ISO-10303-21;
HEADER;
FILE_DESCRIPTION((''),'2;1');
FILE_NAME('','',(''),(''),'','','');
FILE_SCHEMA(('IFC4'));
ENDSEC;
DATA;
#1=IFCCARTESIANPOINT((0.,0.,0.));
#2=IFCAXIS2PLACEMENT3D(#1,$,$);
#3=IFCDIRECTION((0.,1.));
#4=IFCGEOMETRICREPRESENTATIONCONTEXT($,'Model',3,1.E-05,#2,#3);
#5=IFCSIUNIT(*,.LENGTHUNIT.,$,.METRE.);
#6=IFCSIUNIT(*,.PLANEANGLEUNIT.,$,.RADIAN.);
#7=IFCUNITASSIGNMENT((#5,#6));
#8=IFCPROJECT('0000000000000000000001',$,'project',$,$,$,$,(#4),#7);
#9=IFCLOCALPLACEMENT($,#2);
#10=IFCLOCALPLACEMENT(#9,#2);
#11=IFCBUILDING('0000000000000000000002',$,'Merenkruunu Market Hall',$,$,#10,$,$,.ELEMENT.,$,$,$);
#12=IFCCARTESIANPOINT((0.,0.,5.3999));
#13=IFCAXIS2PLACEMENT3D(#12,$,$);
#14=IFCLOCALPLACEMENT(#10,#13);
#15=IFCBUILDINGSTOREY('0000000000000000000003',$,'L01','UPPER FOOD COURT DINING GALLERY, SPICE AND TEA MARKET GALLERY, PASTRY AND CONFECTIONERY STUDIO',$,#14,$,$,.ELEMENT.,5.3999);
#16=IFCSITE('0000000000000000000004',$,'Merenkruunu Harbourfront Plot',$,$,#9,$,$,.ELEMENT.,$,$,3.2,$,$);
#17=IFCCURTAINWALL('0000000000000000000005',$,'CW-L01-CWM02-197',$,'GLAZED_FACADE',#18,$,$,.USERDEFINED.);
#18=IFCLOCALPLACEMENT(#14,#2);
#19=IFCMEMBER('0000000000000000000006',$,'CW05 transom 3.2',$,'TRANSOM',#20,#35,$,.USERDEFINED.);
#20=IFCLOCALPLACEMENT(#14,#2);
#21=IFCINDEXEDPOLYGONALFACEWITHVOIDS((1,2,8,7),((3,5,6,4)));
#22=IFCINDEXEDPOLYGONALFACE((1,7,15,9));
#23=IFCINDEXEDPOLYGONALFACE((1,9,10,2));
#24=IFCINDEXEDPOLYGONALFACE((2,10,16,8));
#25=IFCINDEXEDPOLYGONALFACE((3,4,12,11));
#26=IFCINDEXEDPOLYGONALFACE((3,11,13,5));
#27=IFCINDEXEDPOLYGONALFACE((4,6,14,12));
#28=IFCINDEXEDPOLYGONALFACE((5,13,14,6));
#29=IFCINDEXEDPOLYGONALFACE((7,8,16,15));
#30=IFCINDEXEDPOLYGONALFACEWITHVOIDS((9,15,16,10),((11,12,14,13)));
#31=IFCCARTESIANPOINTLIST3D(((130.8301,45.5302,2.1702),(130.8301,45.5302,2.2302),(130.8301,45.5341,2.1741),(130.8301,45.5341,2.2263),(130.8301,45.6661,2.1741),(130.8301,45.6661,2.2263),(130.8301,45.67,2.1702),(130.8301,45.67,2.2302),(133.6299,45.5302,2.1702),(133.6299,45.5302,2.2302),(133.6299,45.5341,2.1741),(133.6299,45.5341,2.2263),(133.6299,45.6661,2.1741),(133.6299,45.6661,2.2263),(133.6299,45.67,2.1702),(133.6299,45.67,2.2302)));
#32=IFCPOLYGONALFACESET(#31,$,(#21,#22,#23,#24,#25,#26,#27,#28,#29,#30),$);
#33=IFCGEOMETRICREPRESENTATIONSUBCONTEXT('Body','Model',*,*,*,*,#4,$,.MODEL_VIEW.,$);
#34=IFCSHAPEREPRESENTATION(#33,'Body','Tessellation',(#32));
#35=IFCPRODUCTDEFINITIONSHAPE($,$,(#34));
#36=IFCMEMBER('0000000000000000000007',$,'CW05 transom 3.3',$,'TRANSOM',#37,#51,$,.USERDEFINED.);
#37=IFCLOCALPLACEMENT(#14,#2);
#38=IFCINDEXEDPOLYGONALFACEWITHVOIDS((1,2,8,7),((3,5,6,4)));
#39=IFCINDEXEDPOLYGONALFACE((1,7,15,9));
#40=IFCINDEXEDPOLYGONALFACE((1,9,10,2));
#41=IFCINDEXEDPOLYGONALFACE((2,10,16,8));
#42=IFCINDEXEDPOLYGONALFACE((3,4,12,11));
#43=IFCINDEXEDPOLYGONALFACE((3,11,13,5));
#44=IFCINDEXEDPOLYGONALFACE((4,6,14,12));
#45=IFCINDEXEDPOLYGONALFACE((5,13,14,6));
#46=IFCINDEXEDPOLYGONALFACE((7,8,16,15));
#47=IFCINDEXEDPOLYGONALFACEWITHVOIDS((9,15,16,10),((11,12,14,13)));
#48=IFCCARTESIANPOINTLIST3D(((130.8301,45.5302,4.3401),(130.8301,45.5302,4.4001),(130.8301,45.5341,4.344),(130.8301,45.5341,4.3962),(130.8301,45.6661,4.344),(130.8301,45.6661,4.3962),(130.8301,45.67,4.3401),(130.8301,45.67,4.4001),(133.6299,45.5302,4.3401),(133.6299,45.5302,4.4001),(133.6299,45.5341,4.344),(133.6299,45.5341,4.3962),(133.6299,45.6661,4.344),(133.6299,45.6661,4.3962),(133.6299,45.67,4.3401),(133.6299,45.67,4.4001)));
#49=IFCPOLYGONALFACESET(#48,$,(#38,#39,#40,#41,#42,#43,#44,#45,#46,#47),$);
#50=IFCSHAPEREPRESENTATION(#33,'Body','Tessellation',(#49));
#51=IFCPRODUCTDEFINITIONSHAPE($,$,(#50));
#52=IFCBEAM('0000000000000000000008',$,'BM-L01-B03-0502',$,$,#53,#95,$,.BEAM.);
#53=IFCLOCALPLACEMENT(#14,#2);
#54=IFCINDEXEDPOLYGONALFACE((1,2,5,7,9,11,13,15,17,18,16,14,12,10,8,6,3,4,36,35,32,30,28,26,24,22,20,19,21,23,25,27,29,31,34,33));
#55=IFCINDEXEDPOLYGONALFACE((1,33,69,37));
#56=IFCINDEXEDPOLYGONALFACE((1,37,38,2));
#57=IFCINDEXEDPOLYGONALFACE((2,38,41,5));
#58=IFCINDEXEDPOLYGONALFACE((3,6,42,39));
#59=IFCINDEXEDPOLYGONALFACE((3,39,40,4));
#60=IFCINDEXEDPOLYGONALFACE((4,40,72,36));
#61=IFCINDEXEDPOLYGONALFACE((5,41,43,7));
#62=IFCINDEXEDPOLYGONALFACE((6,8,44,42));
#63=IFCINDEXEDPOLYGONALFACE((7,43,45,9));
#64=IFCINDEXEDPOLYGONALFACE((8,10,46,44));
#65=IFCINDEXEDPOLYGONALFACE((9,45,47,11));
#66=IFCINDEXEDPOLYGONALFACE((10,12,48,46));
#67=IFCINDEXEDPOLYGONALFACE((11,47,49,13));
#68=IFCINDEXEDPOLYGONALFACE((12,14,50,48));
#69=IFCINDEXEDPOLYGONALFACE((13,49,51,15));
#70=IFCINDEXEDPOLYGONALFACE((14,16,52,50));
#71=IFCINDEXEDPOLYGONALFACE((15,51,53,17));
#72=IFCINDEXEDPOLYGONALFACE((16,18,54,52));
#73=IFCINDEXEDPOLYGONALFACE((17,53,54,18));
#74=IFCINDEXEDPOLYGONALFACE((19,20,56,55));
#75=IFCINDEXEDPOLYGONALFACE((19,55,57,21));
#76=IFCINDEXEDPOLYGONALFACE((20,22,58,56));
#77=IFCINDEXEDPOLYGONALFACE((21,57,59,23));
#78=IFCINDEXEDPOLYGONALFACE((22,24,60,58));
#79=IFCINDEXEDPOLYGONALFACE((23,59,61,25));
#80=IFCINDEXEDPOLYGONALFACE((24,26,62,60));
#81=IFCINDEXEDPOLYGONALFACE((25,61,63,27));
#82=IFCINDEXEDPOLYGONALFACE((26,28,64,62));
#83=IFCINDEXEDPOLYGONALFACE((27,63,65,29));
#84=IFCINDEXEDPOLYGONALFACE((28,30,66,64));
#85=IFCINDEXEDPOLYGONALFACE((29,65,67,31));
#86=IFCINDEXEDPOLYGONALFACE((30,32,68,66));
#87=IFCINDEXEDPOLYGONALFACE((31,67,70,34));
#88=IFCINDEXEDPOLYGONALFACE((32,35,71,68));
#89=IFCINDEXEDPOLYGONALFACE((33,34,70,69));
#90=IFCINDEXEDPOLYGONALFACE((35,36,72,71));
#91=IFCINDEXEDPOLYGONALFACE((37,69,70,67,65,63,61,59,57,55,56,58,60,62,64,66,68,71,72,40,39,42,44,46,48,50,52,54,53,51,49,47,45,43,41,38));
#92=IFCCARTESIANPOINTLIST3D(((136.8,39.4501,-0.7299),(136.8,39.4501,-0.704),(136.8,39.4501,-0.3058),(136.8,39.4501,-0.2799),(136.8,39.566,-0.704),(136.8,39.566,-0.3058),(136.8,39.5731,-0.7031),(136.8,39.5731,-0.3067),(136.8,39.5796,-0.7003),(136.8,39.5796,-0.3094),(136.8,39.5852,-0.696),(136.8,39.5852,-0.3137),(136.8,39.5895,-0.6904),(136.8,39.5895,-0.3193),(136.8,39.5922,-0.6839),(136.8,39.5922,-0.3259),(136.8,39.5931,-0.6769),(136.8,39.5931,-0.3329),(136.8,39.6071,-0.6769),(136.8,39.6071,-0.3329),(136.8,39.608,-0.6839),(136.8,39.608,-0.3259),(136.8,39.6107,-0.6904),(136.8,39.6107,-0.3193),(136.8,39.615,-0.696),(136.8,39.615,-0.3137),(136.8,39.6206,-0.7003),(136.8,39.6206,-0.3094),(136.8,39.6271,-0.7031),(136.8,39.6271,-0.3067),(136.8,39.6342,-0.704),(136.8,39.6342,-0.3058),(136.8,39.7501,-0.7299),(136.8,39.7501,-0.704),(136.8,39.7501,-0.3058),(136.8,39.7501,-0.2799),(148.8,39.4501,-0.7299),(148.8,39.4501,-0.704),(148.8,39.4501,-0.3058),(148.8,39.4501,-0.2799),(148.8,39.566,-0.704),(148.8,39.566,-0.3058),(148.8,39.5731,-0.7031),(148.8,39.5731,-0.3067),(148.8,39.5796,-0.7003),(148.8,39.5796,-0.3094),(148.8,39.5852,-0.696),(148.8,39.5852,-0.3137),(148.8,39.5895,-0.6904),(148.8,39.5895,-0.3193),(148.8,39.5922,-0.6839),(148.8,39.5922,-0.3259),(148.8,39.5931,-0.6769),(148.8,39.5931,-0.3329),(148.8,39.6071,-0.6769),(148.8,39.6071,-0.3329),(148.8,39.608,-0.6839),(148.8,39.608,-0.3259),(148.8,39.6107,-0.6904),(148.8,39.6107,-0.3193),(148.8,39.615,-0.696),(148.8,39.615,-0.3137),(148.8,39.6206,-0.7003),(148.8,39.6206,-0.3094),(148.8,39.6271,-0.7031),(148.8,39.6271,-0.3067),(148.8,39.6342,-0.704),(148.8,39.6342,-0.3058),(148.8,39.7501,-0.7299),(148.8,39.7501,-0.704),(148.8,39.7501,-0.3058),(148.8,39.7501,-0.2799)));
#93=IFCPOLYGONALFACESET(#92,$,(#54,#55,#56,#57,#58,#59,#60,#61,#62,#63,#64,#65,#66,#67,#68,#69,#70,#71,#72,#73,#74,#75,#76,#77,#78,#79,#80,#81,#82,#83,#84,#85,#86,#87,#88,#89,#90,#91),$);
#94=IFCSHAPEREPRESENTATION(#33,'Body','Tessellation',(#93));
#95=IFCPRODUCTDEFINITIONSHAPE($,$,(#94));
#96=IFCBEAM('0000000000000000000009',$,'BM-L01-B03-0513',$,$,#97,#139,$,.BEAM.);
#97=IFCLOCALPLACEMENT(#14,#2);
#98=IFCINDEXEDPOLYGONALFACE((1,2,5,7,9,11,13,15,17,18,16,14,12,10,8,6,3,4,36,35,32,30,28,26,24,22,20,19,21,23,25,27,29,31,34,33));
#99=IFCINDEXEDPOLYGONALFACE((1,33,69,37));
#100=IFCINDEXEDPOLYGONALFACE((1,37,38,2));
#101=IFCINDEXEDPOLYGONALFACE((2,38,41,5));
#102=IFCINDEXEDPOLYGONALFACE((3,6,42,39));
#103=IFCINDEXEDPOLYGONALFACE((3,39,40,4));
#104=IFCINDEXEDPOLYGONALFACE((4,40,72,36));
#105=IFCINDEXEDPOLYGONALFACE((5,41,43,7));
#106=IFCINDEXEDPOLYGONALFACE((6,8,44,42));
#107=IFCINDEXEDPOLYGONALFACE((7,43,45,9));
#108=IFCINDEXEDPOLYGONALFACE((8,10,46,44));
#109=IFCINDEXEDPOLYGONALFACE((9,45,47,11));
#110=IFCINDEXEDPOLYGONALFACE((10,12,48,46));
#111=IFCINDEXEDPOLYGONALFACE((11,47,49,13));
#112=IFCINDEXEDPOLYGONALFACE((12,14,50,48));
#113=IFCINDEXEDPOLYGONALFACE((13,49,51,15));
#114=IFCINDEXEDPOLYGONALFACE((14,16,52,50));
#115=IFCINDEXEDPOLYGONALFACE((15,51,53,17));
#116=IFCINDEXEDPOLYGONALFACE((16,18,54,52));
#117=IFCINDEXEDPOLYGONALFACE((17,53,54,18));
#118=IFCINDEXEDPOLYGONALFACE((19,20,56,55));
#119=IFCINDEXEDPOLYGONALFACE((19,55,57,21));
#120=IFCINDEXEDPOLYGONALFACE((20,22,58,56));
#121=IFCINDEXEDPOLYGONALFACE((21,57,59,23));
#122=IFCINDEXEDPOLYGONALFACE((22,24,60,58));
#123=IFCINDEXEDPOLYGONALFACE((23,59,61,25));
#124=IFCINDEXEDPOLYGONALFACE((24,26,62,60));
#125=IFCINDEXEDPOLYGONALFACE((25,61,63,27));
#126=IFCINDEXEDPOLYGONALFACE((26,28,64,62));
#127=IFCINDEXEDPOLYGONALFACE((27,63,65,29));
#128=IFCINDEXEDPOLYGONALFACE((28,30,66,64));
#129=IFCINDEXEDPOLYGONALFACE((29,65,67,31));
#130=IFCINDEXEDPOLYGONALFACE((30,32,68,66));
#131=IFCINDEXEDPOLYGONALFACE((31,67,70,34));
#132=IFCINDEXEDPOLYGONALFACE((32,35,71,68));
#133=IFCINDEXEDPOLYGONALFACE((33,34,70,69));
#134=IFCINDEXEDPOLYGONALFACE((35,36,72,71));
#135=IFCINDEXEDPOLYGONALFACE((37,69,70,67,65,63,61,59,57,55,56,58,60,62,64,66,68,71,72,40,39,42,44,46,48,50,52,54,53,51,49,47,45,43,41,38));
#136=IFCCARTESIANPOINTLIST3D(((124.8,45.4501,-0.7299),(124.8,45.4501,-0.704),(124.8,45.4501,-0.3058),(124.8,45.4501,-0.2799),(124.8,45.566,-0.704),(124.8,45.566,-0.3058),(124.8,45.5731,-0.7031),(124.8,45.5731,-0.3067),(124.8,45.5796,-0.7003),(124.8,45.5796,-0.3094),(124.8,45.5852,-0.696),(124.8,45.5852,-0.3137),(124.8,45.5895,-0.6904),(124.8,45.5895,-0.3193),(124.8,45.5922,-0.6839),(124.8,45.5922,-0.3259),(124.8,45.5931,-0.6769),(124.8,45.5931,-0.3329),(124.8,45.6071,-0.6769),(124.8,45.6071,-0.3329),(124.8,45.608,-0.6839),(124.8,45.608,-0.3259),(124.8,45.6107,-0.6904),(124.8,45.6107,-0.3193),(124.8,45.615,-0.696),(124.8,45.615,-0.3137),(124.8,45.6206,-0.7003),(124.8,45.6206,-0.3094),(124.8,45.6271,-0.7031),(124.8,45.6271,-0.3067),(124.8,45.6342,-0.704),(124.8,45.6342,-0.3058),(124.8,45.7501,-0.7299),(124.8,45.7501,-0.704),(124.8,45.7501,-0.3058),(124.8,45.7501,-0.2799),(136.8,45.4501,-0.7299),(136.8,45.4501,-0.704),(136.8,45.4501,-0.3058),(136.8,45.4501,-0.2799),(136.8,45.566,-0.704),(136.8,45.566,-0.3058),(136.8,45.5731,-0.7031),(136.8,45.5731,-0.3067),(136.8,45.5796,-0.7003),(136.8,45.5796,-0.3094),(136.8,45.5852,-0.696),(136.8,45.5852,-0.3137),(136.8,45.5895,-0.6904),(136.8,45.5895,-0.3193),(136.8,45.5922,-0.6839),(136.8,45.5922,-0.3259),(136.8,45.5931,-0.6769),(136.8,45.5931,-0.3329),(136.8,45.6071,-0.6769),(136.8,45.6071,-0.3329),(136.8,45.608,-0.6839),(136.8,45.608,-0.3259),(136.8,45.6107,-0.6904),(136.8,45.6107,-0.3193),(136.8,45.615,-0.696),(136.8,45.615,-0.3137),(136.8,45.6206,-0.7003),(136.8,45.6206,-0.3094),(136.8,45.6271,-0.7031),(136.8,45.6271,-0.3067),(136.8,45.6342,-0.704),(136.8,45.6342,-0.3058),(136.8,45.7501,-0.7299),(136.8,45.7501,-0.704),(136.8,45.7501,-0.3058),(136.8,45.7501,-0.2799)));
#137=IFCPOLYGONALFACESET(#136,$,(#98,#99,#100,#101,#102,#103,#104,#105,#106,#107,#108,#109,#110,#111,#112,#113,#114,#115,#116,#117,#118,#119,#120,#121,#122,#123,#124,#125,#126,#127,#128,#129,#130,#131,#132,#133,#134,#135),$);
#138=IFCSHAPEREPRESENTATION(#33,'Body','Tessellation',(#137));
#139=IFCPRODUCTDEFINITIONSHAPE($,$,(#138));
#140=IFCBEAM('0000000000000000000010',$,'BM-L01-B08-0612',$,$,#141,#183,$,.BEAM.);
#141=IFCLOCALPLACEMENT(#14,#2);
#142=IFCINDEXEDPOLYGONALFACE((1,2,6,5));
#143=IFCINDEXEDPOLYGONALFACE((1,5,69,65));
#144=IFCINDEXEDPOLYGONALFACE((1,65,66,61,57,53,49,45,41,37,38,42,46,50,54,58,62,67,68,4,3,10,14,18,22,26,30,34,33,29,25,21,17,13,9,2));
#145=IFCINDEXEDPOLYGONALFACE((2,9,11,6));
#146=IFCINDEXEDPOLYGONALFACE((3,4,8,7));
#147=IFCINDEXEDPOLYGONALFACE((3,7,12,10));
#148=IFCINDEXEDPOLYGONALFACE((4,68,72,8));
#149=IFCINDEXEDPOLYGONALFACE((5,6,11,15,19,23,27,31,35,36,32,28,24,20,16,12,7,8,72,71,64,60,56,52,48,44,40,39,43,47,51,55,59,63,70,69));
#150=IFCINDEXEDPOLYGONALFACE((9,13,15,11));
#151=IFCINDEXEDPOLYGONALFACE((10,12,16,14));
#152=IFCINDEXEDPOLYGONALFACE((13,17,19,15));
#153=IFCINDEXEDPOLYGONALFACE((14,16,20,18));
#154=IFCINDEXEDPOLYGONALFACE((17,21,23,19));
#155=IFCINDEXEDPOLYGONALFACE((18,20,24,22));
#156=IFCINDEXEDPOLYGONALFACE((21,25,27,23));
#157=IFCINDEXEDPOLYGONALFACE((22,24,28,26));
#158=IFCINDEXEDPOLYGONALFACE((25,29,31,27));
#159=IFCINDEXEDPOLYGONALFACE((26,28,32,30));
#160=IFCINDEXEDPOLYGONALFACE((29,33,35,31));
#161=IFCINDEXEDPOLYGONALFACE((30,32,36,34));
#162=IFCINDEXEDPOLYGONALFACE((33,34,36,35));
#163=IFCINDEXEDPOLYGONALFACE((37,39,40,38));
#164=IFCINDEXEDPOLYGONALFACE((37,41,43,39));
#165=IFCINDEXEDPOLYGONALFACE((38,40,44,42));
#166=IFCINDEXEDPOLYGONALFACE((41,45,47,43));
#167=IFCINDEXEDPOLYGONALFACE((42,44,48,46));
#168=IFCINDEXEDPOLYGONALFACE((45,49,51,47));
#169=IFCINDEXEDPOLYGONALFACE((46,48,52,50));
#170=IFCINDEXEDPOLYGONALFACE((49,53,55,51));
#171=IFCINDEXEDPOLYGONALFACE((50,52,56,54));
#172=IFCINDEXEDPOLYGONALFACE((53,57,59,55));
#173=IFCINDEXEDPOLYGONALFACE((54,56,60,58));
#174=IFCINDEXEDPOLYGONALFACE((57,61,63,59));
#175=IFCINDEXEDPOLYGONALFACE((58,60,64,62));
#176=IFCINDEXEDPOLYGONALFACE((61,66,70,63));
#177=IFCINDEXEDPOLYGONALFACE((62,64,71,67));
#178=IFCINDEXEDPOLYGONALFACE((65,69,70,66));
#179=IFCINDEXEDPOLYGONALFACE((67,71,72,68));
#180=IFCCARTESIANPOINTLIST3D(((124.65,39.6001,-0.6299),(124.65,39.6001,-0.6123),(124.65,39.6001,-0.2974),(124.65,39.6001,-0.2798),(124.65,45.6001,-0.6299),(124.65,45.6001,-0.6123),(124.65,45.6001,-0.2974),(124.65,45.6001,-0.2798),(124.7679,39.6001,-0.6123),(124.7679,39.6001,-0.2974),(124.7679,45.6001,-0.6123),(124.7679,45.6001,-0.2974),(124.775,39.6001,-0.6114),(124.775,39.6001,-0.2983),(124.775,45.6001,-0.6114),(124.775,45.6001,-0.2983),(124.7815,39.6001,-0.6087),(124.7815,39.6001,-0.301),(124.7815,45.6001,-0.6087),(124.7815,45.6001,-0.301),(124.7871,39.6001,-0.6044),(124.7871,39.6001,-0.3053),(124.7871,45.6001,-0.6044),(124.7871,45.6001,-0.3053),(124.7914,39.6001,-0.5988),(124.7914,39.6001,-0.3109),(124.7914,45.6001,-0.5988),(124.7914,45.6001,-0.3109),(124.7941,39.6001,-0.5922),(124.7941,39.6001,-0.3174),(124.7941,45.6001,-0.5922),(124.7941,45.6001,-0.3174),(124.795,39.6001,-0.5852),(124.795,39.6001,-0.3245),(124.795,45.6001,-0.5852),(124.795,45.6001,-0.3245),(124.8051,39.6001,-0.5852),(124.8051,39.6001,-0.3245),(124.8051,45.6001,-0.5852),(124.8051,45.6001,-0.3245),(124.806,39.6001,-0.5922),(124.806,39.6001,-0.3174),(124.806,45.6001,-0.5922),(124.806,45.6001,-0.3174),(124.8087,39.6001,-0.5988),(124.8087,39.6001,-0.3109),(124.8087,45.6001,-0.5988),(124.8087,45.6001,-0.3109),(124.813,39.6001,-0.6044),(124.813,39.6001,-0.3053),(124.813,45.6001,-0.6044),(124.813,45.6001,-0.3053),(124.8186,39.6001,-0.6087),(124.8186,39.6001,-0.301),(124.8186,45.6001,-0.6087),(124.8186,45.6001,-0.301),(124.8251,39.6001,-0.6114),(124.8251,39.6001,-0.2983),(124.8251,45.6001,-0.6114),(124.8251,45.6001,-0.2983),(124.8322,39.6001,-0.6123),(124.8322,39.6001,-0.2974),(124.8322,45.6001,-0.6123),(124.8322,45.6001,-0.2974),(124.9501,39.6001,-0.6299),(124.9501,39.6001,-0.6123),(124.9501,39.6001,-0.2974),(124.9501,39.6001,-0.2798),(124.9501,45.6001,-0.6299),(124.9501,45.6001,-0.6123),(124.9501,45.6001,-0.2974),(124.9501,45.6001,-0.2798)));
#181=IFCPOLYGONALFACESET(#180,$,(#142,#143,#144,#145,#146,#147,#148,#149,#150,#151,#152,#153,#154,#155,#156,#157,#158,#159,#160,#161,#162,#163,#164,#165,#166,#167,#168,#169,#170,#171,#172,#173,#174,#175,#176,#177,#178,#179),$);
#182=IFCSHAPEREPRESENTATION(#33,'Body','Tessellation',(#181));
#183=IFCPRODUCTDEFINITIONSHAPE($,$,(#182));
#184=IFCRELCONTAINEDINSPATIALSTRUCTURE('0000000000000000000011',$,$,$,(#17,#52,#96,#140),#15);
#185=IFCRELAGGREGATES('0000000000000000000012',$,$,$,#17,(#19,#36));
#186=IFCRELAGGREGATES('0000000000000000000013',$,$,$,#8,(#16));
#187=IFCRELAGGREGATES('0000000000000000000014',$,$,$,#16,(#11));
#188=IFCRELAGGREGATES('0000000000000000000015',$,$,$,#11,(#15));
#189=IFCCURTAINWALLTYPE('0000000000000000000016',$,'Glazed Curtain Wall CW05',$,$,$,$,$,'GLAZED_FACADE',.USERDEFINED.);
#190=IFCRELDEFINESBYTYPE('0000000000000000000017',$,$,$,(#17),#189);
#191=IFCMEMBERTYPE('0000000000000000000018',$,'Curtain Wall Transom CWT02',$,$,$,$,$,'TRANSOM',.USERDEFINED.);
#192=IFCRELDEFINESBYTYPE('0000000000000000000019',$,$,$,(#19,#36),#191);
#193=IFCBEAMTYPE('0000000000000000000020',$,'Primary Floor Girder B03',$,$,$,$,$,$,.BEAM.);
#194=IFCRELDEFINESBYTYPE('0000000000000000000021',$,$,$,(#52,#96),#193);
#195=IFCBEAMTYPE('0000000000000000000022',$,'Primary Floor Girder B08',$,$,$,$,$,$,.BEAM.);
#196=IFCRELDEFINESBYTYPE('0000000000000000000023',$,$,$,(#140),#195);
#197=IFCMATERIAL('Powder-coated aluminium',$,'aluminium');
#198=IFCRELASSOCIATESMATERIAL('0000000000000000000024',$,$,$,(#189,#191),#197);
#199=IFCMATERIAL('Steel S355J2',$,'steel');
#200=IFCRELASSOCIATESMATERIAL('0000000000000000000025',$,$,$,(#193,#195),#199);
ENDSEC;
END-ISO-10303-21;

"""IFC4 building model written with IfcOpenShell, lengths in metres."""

from ifc_helpers import new_model, si_unit, direction, frame, origin, origin_2d, place, context, subcontext, project, spatial, hollow_rectangle, i_section, extrude, material, material_profile, profile_set, type_object, element, aggregate, save


model = new_model("IFC4")

# Units and contexts
model_context = context("Model", 3, precision=1e-05, world=origin(), true_north=direction((0.0, 1.0)))
body_context = subcontext(model_context, "Body", "Model", "MODEL_VIEW")
ifc_project = project(units=[si_unit("LENGTHUNIT", "METRE"), si_unit("PLANEANGLEUNIT", "RADIAN")], contexts=[model_context])

# Site, building, storey
site_placement = place(None, origin())
site = spatial("IfcSite", under=ifc_project, at=site_placement, Name="Merenkruunu Harbourfront Plot", CompositionType="ELEMENT", RefElevation=3.2)
building_placement = place(site_placement, origin())
building = spatial("IfcBuilding", under=site, at=building_placement, Name="Merenkruunu Market Hall", CompositionType="ELEMENT")
storey_placement = place(building_placement, frame((0.0, 0.0, 5.3999)))
storey = spatial("IfcBuildingStorey", under=building, at=storey_placement, Name="L01", Description="UPPER FOOD COURT DINING GALLERY, SPICE AND TEA MARKET GALLERY, PASTRY AND CONFECTIONERY STUDIO", CompositionType="ELEMENT", Elevation=5.3999)

# Shared definitions
ifc_material_1 = material(Name="Steel S355J2", Category="steel")

# Curtain wall
ifc_material_2 = material(Name="Powder-coated aluminium", Category="aluminium")
curtain_wall_type = type_object("IfcCurtainWallType", Name="Glazed Curtain Wall CW05", ElementType="GLAZED_FACADE", PredefinedType="USERDEFINED", material=ifc_material_2)
curtain_wall_1_placement = place(storey_placement, origin())
curtain_wall_1 = element("IfcCurtainWall", 1, at=curtain_wall_1_placement, inside=storey, type_object=curtain_wall_type, Name="CW-L01-CWM02-197", ObjectType="GLAZED_FACADE", PredefinedType="USERDEFINED")

# Members
ifc_material_profile_1 = material_profile(ifc_material_2, hollow_rectangle(XDim=0.0601, YDim=0.1399, WallThickness=0.0039, at=origin_2d()), Name="ALU 60x140x4")
ifc_profile_set_1 = profile_set([ifc_material_profile_1], Name="Powder-coated aluminium")
member_type_1 = type_object("IfcMemberType", Name="Curtain Wall Transom CWT02", ElementType="TRANSOM", PredefinedType="USERDEFINED", material=ifc_profile_set_1)
member_1_placement = place(storey_placement, frame((130.8301, 45.6001, 2.2002), z_axis=(1.0, 0.0, 0.0), x_axis=(0.0, 0.0, 1.0)))
member_1 = element("IfcMember", 2, at=member_1_placement, type_object=member_type_1, Name="CW05 transom 3.2", ObjectType="TRANSOM", PredefinedType="USERDEFINED", context=body_context, shape_type="SweptSolid", body=[
    extrude(hollow_rectangle(XDim=0.0601, YDim=0.1399, WallThickness=0.0039, at=origin_2d()), origin(), (0.0, 0.0, 1.0), 2.7998),
])
member_2_placement = place(storey_placement, frame((130.8301, 45.6001, 4.3701), z_axis=(1.0, 0.0, 0.0), x_axis=(0.0, 0.0, 1.0)))
member_2 = element("IfcMember", 3, at=member_2_placement, type_object=member_type_1, Name="CW05 transom 3.3", ObjectType="TRANSOM", PredefinedType="USERDEFINED", context=body_context, shape_type="SweptSolid", body=[
    extrude(hollow_rectangle(XDim=0.0601, YDim=0.1399, WallThickness=0.0039, at=origin_2d()), origin(), (0.0, 0.0, 1.0), 2.7998),
])

# Beams
ifc_material_profile_2 = material_profile(ifc_material_1, i_section(OverallWidth=0.3, OverallDepth=0.45, WebThickness=0.0139, FlangeThickness=0.0259, FilletRadius=0.0271, at=origin_2d()), Name="HEB 450")
ifc_profile_set_2 = profile_set([ifc_material_profile_2], Name="Steel S355J2")
beam_type_1 = type_object("IfcBeamType", Name="Primary Floor Girder B03", PredefinedType="BEAM", material=ifc_profile_set_2)
for number, where, z_axis, x_axis, name in (
    (4, (136.8, 39.6001, -0.5049), (1.0, 0.0, 0.0), (0.0, 1.0, 0.0), "BM-L01-B03-0502"),
    (5, (124.8, 45.6001, -0.5049), (1.0, 0.0, 0.0), (0.0, 1.0, 0.0), "BM-L01-B03-0513"),
):
    element("IfcBeam", number, at=place(storey_placement, frame(where, z_axis=z_axis, x_axis=x_axis)), inside=storey, type_object=beam_type_1, Name=name, PredefinedType="BEAM", context=body_context, shape_type="SweptSolid", body=[
        extrude(i_section(OverallWidth=0.3, OverallDepth=0.45, WebThickness=0.0139, FlangeThickness=0.0259, FilletRadius=0.0271, at=origin_2d()), origin(), (0.0, 0.0, 1.0), 12.0),
    ])
ifc_material_profile_3 = material_profile(ifc_material_1, i_section(OverallWidth=0.3, OverallDepth=0.3501, WebThickness=0.01, FlangeThickness=0.0176, FilletRadius=0.0271, at=origin_2d()), Name="HEA 360")
ifc_profile_set_3 = profile_set([ifc_material_profile_3], Name="Steel S355J2")
beam_type_2 = type_object("IfcBeamType", Name="Primary Floor Girder B08", PredefinedType="BEAM", material=ifc_profile_set_3)
for number, where, z_axis, x_axis, name in (
    (6, (124.8, 39.6001, -0.4548), (0.0, 1.0, 0.0), (-1.0, 0.0, 0.0), "BM-L01-B08-0612"),
):
    element("IfcBeam", number, at=place(storey_placement, frame(where, z_axis=z_axis, x_axis=x_axis)), inside=storey, type_object=beam_type_2, Name=name, PredefinedType="BEAM", context=body_context, shape_type="SweptSolid", body=[
        extrude(i_section(OverallWidth=0.3, OverallDepth=0.3501, WebThickness=0.01, FlangeThickness=0.0176, FilletRadius=0.0271, at=origin_2d()), origin(), (0.0, 0.0, 1.0), 6.0),
    ])

aggregate(curtain_wall_1, [member_1, member_2])

save(model, "model.ifc")
